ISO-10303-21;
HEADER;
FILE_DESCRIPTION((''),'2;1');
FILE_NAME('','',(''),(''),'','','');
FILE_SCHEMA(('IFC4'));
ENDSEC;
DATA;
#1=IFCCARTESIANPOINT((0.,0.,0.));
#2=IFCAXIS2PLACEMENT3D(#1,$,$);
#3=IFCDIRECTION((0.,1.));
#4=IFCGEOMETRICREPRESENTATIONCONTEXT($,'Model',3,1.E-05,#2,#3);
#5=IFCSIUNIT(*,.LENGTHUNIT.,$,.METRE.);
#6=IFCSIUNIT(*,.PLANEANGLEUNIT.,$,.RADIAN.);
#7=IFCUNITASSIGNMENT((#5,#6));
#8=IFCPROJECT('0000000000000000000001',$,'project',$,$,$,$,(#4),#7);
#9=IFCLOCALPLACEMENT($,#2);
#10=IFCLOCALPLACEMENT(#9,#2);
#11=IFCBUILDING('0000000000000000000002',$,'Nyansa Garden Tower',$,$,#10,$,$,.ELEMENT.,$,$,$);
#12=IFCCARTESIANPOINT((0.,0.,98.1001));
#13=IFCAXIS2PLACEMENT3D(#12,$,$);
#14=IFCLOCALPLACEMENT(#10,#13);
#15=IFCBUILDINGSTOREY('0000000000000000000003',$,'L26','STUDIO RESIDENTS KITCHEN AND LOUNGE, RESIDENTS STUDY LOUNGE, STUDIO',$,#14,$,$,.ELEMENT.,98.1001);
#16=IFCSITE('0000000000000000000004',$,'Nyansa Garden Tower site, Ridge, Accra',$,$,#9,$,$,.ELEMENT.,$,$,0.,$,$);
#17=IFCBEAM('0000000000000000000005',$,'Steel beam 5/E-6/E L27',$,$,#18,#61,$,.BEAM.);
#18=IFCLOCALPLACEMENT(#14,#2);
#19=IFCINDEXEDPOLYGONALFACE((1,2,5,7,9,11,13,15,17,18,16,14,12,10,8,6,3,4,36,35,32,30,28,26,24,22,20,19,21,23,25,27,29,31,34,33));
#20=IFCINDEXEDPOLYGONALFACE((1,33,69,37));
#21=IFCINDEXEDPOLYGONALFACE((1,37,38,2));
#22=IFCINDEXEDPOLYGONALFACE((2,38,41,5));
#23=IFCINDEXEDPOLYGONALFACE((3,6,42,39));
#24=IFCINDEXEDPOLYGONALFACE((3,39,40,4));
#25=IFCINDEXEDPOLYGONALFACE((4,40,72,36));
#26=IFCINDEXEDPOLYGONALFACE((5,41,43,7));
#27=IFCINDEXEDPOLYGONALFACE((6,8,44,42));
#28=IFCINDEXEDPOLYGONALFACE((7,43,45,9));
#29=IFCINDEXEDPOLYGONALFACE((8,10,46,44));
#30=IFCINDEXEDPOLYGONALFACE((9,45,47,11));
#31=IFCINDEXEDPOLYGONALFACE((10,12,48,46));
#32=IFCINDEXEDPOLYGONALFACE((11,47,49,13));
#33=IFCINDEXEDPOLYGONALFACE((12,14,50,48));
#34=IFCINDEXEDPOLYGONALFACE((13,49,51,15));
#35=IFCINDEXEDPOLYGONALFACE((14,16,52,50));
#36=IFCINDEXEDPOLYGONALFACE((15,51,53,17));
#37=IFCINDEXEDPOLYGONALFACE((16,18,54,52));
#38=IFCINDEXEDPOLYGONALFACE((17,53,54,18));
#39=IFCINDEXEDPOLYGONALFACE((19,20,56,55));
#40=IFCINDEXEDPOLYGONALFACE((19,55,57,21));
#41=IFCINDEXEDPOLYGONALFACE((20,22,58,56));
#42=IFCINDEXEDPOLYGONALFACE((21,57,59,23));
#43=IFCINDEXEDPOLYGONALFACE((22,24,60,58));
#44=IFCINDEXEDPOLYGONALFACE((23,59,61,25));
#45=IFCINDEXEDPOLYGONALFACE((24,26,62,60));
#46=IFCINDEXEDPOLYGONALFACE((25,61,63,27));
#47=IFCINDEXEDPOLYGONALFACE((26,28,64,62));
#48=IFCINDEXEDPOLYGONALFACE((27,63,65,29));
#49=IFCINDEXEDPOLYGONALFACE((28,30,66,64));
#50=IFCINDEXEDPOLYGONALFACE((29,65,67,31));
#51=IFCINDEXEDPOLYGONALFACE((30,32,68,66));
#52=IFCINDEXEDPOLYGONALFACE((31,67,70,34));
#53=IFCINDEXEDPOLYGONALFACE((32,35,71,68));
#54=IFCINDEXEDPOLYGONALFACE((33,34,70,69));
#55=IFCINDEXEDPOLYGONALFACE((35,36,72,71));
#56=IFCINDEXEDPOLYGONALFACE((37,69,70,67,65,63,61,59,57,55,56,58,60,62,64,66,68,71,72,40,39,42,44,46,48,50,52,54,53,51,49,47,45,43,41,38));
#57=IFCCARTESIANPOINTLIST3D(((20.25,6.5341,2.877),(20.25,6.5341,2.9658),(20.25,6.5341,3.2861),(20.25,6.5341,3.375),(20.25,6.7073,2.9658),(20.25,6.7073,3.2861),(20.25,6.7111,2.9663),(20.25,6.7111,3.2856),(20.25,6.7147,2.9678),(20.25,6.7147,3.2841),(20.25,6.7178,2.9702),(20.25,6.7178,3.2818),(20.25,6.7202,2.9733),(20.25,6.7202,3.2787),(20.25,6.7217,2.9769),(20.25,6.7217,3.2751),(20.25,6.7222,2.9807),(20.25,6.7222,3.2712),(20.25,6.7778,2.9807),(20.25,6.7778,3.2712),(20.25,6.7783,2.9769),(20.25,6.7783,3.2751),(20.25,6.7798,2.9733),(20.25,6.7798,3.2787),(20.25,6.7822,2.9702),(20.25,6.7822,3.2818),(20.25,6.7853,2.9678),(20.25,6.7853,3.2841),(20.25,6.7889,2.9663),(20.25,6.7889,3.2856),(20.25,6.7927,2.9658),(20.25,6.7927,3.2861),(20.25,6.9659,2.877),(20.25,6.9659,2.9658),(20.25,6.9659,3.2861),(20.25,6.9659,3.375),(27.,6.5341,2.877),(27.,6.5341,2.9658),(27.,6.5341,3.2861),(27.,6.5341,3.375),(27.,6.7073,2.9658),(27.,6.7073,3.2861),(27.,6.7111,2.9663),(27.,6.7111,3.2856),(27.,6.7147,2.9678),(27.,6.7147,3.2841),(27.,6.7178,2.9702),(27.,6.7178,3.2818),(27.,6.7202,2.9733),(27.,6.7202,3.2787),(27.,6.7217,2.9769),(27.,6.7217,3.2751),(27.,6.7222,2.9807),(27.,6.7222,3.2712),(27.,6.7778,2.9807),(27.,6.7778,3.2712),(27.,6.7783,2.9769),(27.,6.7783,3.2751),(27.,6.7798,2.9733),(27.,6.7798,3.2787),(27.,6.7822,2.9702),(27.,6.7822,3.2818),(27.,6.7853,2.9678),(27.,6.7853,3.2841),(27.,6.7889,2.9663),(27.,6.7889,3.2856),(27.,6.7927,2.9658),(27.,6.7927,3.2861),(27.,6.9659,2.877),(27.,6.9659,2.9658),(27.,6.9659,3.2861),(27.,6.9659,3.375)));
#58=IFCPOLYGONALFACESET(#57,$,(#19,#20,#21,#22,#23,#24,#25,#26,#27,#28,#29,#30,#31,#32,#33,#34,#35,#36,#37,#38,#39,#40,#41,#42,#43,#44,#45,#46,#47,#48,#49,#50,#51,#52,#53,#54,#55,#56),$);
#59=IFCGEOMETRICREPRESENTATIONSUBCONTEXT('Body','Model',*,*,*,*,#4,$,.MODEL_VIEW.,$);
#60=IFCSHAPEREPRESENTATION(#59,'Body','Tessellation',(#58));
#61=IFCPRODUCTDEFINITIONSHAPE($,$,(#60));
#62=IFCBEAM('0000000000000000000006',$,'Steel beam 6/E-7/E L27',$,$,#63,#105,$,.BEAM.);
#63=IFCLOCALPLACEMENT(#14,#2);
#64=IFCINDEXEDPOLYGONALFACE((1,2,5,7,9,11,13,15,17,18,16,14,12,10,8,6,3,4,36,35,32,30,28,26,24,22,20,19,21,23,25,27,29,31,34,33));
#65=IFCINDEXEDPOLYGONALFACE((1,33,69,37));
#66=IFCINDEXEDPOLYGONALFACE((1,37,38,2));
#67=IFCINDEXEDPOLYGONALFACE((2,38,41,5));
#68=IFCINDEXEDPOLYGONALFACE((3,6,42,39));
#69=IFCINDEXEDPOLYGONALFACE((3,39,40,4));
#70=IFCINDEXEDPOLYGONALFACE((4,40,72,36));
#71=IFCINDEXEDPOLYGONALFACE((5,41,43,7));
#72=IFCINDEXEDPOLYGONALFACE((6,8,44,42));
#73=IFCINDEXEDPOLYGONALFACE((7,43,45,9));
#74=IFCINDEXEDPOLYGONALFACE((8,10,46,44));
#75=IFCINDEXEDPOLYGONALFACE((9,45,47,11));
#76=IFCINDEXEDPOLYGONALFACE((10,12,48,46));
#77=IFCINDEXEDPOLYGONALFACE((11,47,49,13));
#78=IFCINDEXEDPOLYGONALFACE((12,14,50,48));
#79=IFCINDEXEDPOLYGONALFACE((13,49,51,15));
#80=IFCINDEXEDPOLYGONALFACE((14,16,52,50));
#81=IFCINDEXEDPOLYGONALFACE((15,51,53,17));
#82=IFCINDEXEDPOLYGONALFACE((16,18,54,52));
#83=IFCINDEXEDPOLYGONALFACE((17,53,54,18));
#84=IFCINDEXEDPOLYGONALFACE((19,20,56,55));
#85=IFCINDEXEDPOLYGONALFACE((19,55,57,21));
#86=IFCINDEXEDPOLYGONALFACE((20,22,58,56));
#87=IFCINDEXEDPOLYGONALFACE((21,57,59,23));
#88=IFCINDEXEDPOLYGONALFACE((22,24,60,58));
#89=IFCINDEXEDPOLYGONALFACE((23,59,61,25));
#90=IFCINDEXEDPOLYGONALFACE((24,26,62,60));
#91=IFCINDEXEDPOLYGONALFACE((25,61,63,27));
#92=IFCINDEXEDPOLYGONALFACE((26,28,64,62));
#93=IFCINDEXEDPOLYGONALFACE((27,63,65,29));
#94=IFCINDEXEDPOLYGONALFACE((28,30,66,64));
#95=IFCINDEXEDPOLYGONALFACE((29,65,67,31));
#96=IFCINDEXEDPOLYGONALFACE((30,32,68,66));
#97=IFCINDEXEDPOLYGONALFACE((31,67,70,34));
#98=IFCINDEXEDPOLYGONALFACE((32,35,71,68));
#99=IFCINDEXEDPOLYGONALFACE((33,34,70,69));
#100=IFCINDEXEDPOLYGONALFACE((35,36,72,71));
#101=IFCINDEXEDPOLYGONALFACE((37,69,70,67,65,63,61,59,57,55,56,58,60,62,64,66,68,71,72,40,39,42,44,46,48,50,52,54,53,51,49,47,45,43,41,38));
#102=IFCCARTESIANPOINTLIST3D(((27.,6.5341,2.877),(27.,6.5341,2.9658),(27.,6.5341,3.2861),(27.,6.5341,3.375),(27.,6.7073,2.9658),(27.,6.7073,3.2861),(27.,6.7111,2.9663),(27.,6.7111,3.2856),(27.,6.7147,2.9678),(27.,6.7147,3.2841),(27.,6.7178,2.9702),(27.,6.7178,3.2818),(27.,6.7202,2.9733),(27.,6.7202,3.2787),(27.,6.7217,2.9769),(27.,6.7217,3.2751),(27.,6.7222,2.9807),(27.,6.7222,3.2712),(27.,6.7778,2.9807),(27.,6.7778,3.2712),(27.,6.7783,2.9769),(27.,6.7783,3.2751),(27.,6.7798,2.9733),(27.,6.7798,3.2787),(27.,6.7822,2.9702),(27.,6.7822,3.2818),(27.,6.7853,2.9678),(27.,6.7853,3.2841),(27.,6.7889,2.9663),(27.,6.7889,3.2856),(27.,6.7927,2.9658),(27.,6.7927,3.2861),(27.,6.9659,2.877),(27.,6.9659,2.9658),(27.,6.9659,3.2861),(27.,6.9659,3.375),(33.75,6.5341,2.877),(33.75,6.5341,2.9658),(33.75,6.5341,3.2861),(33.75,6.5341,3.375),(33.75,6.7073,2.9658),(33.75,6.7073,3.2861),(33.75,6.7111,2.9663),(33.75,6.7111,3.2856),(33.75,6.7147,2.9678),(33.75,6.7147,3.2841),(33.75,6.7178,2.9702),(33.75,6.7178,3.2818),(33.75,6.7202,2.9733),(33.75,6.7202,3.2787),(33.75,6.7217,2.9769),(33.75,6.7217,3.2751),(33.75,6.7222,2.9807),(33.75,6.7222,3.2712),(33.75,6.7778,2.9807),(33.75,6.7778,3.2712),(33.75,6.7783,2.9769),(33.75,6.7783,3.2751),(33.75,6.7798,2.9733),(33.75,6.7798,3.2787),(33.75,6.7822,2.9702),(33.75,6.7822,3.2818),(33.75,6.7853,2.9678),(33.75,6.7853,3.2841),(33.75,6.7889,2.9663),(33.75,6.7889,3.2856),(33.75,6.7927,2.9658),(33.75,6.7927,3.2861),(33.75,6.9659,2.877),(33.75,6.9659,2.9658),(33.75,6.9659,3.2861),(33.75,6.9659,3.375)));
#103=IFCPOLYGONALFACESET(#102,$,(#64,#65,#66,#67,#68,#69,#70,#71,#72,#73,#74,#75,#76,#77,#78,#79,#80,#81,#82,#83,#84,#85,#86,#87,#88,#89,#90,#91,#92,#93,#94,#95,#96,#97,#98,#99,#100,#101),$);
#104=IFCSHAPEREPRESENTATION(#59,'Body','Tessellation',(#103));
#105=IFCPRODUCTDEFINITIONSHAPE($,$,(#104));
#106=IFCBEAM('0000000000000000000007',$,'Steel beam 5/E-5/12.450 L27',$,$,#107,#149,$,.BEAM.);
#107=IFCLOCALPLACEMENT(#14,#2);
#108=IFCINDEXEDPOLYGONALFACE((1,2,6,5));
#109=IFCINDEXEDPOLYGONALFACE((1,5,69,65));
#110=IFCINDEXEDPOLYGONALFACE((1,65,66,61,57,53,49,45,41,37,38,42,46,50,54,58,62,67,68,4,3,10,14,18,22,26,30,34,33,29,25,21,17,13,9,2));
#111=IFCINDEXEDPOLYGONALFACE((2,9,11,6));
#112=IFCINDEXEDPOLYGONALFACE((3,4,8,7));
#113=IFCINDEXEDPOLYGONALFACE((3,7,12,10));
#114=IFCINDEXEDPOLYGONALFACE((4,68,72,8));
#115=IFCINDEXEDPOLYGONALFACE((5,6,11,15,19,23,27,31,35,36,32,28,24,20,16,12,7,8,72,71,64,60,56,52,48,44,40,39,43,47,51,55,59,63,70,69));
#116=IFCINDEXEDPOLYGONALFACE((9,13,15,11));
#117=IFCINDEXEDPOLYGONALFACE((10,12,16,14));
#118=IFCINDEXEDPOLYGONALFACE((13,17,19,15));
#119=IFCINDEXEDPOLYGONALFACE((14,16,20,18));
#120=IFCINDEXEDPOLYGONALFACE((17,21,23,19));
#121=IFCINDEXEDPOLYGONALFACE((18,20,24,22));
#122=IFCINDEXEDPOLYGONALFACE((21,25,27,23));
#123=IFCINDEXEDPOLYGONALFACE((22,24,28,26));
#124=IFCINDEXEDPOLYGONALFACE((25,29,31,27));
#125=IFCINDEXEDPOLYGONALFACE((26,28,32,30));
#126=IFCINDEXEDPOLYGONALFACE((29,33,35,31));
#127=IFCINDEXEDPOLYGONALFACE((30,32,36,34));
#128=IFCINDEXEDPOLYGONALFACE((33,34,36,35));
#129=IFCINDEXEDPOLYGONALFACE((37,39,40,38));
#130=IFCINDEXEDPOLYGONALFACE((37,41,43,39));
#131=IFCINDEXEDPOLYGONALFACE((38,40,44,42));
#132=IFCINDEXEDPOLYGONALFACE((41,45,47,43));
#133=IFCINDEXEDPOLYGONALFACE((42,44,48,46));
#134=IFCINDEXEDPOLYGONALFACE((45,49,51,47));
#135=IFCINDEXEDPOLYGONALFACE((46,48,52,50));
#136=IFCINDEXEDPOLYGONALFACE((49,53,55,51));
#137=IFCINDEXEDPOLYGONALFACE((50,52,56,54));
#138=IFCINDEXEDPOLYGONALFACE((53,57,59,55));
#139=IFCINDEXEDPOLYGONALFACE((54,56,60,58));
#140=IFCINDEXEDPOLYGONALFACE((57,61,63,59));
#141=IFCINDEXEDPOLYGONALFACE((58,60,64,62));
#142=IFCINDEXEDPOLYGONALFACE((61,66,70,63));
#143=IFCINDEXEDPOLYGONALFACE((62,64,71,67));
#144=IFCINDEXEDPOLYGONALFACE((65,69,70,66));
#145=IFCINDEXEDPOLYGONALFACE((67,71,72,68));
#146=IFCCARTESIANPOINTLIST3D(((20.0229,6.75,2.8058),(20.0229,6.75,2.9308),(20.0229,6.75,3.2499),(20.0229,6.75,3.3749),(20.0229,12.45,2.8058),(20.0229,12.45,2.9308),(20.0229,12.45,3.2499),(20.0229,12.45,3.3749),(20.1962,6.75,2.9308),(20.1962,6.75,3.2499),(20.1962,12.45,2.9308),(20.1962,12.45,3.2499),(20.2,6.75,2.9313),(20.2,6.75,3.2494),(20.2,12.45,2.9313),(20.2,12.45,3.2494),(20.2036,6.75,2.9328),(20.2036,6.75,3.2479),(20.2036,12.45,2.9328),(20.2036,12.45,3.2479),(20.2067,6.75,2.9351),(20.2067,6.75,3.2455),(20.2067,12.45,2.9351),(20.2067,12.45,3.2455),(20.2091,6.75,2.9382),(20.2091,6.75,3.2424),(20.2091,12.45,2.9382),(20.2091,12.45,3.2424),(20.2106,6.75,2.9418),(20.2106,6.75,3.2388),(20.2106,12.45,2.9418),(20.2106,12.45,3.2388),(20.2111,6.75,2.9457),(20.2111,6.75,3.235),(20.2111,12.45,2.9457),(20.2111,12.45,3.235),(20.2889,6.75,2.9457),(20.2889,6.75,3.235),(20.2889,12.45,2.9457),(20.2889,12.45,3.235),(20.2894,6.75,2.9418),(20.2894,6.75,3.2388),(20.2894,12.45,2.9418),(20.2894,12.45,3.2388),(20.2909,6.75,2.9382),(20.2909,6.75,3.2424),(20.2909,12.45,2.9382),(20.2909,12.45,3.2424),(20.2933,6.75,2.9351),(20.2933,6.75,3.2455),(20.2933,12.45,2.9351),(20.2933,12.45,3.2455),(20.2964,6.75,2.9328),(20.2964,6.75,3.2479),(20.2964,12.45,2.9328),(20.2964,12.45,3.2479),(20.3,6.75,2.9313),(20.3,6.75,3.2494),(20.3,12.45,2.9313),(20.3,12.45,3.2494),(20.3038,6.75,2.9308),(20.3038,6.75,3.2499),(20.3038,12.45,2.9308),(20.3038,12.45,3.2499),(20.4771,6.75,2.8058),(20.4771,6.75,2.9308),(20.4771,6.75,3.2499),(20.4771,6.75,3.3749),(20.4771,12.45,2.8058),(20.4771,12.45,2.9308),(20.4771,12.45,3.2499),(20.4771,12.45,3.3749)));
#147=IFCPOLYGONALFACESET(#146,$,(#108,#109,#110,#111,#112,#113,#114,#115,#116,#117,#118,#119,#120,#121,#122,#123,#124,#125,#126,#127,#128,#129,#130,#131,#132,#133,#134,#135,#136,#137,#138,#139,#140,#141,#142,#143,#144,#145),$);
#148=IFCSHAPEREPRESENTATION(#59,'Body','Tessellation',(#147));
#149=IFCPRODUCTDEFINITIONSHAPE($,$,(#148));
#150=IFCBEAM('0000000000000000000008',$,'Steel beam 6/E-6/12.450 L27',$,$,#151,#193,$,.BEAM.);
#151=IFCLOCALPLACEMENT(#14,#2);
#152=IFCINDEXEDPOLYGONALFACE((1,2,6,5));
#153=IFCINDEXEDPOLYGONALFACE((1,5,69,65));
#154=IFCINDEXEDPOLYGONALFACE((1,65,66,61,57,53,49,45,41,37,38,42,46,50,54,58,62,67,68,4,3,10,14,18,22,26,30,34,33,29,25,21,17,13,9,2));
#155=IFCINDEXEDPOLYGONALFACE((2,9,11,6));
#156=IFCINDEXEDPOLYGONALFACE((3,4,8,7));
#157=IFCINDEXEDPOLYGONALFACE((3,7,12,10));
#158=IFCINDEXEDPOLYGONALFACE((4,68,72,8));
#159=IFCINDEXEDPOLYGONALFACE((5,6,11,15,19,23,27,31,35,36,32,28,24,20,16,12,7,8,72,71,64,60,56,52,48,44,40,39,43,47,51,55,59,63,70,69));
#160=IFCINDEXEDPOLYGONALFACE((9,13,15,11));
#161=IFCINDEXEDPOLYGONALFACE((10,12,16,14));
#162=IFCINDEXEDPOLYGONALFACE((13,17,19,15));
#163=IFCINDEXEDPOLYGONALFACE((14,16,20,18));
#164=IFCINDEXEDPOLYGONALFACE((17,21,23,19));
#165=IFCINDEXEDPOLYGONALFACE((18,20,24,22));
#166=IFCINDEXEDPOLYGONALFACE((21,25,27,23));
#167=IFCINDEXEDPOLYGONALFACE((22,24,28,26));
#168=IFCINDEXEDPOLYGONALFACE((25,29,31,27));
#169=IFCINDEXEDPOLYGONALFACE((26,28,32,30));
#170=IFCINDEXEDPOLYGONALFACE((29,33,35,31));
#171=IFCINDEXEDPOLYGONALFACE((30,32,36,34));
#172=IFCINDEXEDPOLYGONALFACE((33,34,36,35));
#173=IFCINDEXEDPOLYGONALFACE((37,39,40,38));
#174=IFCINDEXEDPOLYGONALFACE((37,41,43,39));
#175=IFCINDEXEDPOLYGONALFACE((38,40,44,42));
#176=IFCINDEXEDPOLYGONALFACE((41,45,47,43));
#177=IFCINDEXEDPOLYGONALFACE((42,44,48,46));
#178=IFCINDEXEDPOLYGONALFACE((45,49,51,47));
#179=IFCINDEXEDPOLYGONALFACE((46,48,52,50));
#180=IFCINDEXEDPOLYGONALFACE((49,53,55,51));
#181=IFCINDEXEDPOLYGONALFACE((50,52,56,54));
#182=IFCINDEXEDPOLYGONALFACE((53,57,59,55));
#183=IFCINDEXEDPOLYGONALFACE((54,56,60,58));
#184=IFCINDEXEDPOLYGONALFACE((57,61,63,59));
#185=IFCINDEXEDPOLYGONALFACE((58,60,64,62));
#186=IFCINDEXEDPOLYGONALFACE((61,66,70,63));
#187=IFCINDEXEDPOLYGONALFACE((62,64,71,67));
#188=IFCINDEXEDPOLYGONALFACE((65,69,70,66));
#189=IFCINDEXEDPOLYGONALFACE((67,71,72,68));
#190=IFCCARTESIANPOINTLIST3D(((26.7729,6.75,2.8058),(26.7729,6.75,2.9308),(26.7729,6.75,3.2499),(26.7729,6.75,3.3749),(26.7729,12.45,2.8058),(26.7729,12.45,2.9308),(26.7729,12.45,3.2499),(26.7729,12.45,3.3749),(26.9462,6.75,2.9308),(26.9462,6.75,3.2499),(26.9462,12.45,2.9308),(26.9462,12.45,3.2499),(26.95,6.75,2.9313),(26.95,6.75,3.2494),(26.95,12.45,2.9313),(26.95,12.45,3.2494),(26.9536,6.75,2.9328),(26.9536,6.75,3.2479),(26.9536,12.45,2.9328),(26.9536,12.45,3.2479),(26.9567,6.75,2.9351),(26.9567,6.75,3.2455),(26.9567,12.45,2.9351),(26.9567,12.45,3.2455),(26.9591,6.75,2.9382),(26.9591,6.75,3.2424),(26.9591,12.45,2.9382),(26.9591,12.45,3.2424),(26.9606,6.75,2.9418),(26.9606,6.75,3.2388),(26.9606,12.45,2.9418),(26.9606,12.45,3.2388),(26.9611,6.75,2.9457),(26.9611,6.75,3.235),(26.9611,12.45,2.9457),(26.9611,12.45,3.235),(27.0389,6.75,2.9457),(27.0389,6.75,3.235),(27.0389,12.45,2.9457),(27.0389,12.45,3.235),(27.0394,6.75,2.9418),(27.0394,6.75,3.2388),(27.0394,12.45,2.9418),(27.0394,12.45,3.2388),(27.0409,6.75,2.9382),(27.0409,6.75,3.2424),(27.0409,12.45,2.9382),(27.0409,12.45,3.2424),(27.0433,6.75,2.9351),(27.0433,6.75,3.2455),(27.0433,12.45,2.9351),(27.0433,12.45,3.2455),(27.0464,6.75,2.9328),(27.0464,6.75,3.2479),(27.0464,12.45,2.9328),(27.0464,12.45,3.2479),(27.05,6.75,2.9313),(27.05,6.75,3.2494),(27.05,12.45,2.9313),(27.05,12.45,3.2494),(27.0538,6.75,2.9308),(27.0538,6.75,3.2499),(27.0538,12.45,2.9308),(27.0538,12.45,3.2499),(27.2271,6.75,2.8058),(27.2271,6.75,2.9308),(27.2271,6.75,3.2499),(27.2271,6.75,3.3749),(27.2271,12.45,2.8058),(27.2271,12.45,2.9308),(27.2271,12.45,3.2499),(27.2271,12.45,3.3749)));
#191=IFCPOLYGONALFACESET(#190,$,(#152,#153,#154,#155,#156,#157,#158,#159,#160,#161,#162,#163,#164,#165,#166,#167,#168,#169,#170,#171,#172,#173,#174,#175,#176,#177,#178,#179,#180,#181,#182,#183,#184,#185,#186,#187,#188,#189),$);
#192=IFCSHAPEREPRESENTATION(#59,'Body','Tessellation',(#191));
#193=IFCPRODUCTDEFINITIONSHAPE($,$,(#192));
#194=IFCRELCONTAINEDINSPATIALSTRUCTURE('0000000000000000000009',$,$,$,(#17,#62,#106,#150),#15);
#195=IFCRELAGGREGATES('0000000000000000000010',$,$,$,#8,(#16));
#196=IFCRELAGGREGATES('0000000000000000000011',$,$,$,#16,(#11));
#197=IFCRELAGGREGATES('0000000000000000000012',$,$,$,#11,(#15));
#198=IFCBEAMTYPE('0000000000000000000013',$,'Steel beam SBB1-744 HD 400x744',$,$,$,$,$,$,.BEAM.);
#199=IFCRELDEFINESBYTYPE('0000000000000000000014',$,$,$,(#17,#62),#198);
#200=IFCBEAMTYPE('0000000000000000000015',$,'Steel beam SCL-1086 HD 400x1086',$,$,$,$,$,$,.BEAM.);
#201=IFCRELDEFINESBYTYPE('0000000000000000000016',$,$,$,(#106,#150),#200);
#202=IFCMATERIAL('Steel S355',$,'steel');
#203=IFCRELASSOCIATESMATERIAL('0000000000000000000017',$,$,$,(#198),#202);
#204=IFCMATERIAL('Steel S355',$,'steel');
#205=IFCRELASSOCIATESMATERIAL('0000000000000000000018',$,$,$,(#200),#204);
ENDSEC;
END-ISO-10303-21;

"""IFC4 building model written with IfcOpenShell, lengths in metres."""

from ifc_helpers import new_model, si_unit, direction, frame, origin, origin_2d, place, context, subcontext, project, spatial, i_section, extrude, material, material_profile, profile_set, type_object, element, save


model = new_model("IFC4")

# Units and contexts
model_context = context("Model", 3, precision=1e-05, world=origin(), true_north=direction((0.0, 1.0)))
body_context = subcontext(model_context, "Body", "Model", "MODEL_VIEW")
ifc_project = project(units=[si_unit("LENGTHUNIT", "METRE"), si_unit("PLANEANGLEUNIT", "RADIAN")], contexts=[model_context])

# Site, building, storey
site_placement = place(None, origin())
site = spatial("IfcSite", under=ifc_project, at=site_placement, Name="Nyansa Garden Tower site, Ridge, Accra", CompositionType="ELEMENT", RefElevation=0.0)
building_placement = place(site_placement, origin())
building = spatial("IfcBuilding", under=site, at=building_placement, Name="Nyansa Garden Tower", CompositionType="ELEMENT")
storey_placement = place(building_placement, frame((0.0, 0.0, 98.1001)))
storey = spatial("IfcBuildingStorey", under=building, at=storey_placement, Name="L26", Description="STUDIO RESIDENTS KITCHEN AND LOUNGE, RESIDENTS STUDY LOUNGE, STUDIO", CompositionType="ELEMENT", Elevation=98.1001)

# Beams
ifc_material_1 = material(Name="Steel S355", Category="steel")
ifc_material_profile_1 = material_profile(ifc_material_1, i_section(OverallWidth=0.4319, OverallDepth=0.498, WebThickness=0.0557, FlangeThickness=0.0889, FilletRadius=0.0149, at=origin_2d()), Name="HD 400x744")
ifc_profile_set_1 = profile_set([ifc_material_profile_1], Name="Steel S355")
beam_type_1 = type_object("IfcBeamType", Name="Steel beam SBB1-744 HD 400x744", PredefinedType="BEAM", material=ifc_profile_set_1)
for number, where, z_axis, x_axis, name in (
    (1, (20.25, 6.75, 3.126), (1.0, 0.0, 0.0), (0.0, 1.0, 0.0), "Steel beam 5/E-6/E L27"),
    (2, (27.0, 6.75, 3.126), (1.0, 0.0, 0.0), (0.0, 1.0, 0.0), "Steel beam 6/E-7/E L27"),
):
    element("IfcBeam", number, at=place(storey_placement, frame(where, z_axis=z_axis, x_axis=x_axis)), inside=storey, type_object=beam_type_1, Name=name, PredefinedType="BEAM", context=body_context, shape_type="SweptSolid", body=[
        extrude(i_section(OverallWidth=0.4319, OverallDepth=0.498, WebThickness=0.0557, FlangeThickness=0.0889, FilletRadius=0.0149, at=origin_2d()), origin(), (0.0, 0.0, 1.0), 6.75),
    ])
ifc_material_2 = material(Name="Steel S355", Category="steel")
ifc_material_profile_2 = material_profile(ifc_material_2, i_section(OverallWidth=0.4541, OverallDepth=0.5691, WebThickness=0.0779, FlangeThickness=0.125, FilletRadius=0.0149, at=origin_2d()), Name="HD 400x1086")
ifc_profile_set_2 = profile_set([ifc_material_profile_2], Name="Steel S355")
beam_type_2 = type_object("IfcBeamType", Name="Steel beam SCL-1086 HD 400x1086", PredefinedType="BEAM", material=ifc_profile_set_2)
for number, where, z_axis, x_axis, name in (
    (3, (20.25, 6.75, 3.0903), (0.0, 1.0, 0.0), (-1.0, 0.0, 0.0), "Steel beam 5/E-5/12.450 L27"),
    (4, (27.0, 6.75, 3.0903), (0.0, 1.0, 0.0), (-1.0, 0.0, 0.0), "Steel beam 6/E-6/12.450 L27"),
):
    element("IfcBeam", number, at=place(storey_placement, frame(where, z_axis=z_axis, x_axis=x_axis)), inside=storey, type_object=beam_type_2, Name=name, PredefinedType="BEAM", context=body_context, shape_type="SweptSolid", body=[
        extrude(i_section(OverallWidth=0.4541, OverallDepth=0.5691, WebThickness=0.0779, FlangeThickness=0.125, FilletRadius=0.0149, at=origin_2d()), origin(), (0.0, 0.0, 1.0), 5.7),
    ])

save(model, "model.ifc")
